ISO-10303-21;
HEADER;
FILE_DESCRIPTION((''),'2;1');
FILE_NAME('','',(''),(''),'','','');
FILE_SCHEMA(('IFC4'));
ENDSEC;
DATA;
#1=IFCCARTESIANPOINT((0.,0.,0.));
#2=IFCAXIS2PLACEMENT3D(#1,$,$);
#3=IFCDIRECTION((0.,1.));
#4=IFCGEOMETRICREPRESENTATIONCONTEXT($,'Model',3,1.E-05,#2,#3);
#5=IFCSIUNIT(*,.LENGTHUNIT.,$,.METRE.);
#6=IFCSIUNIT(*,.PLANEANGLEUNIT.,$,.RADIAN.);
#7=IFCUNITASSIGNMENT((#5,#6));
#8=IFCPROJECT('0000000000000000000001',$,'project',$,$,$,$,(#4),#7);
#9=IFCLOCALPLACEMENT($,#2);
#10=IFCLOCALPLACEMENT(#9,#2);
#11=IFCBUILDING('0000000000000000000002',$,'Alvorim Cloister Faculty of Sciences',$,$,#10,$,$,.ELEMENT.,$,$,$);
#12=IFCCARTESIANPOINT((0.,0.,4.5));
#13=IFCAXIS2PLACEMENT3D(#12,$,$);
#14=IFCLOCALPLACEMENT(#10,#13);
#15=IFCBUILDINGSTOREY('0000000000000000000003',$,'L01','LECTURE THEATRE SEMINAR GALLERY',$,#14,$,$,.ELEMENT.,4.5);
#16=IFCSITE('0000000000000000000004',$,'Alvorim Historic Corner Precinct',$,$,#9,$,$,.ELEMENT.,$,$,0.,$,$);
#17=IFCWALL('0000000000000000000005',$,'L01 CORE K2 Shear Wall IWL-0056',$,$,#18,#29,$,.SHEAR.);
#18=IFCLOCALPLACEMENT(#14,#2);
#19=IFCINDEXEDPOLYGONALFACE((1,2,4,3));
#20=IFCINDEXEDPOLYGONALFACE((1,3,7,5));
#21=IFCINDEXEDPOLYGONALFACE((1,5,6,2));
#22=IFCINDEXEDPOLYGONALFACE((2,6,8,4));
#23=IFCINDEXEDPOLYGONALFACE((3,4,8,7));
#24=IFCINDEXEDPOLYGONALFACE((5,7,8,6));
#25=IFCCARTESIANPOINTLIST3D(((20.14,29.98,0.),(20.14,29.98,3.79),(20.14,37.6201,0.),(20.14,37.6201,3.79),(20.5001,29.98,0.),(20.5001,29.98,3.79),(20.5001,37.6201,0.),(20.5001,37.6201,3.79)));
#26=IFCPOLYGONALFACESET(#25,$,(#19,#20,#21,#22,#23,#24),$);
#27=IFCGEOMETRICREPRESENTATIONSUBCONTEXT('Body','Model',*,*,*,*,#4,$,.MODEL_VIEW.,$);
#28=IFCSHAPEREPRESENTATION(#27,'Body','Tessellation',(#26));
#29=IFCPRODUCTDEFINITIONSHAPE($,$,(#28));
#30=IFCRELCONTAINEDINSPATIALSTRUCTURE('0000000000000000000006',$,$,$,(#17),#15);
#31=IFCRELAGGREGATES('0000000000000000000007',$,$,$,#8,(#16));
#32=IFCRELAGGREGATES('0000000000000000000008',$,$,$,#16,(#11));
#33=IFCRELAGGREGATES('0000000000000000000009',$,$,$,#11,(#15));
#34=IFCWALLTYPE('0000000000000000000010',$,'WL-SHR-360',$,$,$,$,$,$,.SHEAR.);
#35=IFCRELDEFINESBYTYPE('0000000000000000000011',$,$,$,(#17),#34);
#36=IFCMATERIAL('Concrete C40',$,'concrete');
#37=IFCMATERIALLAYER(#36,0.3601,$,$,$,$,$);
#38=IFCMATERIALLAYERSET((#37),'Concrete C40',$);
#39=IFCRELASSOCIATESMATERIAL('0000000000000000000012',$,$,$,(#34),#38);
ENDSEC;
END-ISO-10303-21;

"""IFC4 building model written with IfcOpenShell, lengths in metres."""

from ifc_helpers import new_model, si_unit, direction, frame, frame_2d, origin, place, context, subcontext, project, spatial, rectangle, extrude, material, layer, layer_set, type_object, element, save


model = new_model("IFC4")

# Units and contexts
model_context = context("Model", 3, precision=1e-05, world=origin(), true_north=direction((0.0, 1.0)))
body_context = subcontext(model_context, "Body", "Model", "MODEL_VIEW")
ifc_project = project(units=[si_unit("LENGTHUNIT", "METRE"), si_unit("PLANEANGLEUNIT", "RADIAN")], contexts=[model_context])

# Site, building, storey
site_placement = place(None, origin())
site = spatial("IfcSite", under=ifc_project, at=site_placement, Name="Alvorim Historic Corner Precinct", CompositionType="ELEMENT", RefElevation=0.0)
building_placement = place(site_placement, origin())
building = spatial("IfcBuilding", under=site, at=building_placement, Name="Alvorim Cloister Faculty of Sciences", CompositionType="ELEMENT")
storey_placement = place(building_placement, frame((0.0, 0.0, 4.5)))
storey = spatial("IfcBuildingStorey", under=building, at=storey_placement, Name="L01", Description="LECTURE THEATRE SEMINAR GALLERY", CompositionType="ELEMENT", Elevation=4.5)

# Shared definitions
ifc_material_1 = material(Name="Concrete C40", Category="concrete")

# Wall
ifc_layer_1 = layer(ifc_material_1, 0.3601)
ifc_layer_set_1 = layer_set([ifc_layer_1], Name="Concrete C40")
wall_type_1 = type_object("IfcWallType", Name="WL-SHR-360", PredefinedType="SHEAR", material=ifc_layer_set_1)
wall_1_placement = place(storey_placement, frame((20.3201, 29.98, 0.0), z_axis=(0.0, 0.0, 1.0), x_axis=(0.0, 1.0, 0.0)))
element("IfcWall", 1, at=wall_1_placement, inside=storey, type_object=wall_type_1, Name="L01 CORE K2 Shear Wall IWL-0056", PredefinedType="SHEAR", context=body_context, shape_type="SweptSolid", body=[
    extrude(rectangle(XDim=7.6401, YDim=0.3601, at=frame_2d((3.8201, 0.0))), origin(), (0.0, 0.0, 1.0), 3.79),
])

save(model, "model.ifc")
